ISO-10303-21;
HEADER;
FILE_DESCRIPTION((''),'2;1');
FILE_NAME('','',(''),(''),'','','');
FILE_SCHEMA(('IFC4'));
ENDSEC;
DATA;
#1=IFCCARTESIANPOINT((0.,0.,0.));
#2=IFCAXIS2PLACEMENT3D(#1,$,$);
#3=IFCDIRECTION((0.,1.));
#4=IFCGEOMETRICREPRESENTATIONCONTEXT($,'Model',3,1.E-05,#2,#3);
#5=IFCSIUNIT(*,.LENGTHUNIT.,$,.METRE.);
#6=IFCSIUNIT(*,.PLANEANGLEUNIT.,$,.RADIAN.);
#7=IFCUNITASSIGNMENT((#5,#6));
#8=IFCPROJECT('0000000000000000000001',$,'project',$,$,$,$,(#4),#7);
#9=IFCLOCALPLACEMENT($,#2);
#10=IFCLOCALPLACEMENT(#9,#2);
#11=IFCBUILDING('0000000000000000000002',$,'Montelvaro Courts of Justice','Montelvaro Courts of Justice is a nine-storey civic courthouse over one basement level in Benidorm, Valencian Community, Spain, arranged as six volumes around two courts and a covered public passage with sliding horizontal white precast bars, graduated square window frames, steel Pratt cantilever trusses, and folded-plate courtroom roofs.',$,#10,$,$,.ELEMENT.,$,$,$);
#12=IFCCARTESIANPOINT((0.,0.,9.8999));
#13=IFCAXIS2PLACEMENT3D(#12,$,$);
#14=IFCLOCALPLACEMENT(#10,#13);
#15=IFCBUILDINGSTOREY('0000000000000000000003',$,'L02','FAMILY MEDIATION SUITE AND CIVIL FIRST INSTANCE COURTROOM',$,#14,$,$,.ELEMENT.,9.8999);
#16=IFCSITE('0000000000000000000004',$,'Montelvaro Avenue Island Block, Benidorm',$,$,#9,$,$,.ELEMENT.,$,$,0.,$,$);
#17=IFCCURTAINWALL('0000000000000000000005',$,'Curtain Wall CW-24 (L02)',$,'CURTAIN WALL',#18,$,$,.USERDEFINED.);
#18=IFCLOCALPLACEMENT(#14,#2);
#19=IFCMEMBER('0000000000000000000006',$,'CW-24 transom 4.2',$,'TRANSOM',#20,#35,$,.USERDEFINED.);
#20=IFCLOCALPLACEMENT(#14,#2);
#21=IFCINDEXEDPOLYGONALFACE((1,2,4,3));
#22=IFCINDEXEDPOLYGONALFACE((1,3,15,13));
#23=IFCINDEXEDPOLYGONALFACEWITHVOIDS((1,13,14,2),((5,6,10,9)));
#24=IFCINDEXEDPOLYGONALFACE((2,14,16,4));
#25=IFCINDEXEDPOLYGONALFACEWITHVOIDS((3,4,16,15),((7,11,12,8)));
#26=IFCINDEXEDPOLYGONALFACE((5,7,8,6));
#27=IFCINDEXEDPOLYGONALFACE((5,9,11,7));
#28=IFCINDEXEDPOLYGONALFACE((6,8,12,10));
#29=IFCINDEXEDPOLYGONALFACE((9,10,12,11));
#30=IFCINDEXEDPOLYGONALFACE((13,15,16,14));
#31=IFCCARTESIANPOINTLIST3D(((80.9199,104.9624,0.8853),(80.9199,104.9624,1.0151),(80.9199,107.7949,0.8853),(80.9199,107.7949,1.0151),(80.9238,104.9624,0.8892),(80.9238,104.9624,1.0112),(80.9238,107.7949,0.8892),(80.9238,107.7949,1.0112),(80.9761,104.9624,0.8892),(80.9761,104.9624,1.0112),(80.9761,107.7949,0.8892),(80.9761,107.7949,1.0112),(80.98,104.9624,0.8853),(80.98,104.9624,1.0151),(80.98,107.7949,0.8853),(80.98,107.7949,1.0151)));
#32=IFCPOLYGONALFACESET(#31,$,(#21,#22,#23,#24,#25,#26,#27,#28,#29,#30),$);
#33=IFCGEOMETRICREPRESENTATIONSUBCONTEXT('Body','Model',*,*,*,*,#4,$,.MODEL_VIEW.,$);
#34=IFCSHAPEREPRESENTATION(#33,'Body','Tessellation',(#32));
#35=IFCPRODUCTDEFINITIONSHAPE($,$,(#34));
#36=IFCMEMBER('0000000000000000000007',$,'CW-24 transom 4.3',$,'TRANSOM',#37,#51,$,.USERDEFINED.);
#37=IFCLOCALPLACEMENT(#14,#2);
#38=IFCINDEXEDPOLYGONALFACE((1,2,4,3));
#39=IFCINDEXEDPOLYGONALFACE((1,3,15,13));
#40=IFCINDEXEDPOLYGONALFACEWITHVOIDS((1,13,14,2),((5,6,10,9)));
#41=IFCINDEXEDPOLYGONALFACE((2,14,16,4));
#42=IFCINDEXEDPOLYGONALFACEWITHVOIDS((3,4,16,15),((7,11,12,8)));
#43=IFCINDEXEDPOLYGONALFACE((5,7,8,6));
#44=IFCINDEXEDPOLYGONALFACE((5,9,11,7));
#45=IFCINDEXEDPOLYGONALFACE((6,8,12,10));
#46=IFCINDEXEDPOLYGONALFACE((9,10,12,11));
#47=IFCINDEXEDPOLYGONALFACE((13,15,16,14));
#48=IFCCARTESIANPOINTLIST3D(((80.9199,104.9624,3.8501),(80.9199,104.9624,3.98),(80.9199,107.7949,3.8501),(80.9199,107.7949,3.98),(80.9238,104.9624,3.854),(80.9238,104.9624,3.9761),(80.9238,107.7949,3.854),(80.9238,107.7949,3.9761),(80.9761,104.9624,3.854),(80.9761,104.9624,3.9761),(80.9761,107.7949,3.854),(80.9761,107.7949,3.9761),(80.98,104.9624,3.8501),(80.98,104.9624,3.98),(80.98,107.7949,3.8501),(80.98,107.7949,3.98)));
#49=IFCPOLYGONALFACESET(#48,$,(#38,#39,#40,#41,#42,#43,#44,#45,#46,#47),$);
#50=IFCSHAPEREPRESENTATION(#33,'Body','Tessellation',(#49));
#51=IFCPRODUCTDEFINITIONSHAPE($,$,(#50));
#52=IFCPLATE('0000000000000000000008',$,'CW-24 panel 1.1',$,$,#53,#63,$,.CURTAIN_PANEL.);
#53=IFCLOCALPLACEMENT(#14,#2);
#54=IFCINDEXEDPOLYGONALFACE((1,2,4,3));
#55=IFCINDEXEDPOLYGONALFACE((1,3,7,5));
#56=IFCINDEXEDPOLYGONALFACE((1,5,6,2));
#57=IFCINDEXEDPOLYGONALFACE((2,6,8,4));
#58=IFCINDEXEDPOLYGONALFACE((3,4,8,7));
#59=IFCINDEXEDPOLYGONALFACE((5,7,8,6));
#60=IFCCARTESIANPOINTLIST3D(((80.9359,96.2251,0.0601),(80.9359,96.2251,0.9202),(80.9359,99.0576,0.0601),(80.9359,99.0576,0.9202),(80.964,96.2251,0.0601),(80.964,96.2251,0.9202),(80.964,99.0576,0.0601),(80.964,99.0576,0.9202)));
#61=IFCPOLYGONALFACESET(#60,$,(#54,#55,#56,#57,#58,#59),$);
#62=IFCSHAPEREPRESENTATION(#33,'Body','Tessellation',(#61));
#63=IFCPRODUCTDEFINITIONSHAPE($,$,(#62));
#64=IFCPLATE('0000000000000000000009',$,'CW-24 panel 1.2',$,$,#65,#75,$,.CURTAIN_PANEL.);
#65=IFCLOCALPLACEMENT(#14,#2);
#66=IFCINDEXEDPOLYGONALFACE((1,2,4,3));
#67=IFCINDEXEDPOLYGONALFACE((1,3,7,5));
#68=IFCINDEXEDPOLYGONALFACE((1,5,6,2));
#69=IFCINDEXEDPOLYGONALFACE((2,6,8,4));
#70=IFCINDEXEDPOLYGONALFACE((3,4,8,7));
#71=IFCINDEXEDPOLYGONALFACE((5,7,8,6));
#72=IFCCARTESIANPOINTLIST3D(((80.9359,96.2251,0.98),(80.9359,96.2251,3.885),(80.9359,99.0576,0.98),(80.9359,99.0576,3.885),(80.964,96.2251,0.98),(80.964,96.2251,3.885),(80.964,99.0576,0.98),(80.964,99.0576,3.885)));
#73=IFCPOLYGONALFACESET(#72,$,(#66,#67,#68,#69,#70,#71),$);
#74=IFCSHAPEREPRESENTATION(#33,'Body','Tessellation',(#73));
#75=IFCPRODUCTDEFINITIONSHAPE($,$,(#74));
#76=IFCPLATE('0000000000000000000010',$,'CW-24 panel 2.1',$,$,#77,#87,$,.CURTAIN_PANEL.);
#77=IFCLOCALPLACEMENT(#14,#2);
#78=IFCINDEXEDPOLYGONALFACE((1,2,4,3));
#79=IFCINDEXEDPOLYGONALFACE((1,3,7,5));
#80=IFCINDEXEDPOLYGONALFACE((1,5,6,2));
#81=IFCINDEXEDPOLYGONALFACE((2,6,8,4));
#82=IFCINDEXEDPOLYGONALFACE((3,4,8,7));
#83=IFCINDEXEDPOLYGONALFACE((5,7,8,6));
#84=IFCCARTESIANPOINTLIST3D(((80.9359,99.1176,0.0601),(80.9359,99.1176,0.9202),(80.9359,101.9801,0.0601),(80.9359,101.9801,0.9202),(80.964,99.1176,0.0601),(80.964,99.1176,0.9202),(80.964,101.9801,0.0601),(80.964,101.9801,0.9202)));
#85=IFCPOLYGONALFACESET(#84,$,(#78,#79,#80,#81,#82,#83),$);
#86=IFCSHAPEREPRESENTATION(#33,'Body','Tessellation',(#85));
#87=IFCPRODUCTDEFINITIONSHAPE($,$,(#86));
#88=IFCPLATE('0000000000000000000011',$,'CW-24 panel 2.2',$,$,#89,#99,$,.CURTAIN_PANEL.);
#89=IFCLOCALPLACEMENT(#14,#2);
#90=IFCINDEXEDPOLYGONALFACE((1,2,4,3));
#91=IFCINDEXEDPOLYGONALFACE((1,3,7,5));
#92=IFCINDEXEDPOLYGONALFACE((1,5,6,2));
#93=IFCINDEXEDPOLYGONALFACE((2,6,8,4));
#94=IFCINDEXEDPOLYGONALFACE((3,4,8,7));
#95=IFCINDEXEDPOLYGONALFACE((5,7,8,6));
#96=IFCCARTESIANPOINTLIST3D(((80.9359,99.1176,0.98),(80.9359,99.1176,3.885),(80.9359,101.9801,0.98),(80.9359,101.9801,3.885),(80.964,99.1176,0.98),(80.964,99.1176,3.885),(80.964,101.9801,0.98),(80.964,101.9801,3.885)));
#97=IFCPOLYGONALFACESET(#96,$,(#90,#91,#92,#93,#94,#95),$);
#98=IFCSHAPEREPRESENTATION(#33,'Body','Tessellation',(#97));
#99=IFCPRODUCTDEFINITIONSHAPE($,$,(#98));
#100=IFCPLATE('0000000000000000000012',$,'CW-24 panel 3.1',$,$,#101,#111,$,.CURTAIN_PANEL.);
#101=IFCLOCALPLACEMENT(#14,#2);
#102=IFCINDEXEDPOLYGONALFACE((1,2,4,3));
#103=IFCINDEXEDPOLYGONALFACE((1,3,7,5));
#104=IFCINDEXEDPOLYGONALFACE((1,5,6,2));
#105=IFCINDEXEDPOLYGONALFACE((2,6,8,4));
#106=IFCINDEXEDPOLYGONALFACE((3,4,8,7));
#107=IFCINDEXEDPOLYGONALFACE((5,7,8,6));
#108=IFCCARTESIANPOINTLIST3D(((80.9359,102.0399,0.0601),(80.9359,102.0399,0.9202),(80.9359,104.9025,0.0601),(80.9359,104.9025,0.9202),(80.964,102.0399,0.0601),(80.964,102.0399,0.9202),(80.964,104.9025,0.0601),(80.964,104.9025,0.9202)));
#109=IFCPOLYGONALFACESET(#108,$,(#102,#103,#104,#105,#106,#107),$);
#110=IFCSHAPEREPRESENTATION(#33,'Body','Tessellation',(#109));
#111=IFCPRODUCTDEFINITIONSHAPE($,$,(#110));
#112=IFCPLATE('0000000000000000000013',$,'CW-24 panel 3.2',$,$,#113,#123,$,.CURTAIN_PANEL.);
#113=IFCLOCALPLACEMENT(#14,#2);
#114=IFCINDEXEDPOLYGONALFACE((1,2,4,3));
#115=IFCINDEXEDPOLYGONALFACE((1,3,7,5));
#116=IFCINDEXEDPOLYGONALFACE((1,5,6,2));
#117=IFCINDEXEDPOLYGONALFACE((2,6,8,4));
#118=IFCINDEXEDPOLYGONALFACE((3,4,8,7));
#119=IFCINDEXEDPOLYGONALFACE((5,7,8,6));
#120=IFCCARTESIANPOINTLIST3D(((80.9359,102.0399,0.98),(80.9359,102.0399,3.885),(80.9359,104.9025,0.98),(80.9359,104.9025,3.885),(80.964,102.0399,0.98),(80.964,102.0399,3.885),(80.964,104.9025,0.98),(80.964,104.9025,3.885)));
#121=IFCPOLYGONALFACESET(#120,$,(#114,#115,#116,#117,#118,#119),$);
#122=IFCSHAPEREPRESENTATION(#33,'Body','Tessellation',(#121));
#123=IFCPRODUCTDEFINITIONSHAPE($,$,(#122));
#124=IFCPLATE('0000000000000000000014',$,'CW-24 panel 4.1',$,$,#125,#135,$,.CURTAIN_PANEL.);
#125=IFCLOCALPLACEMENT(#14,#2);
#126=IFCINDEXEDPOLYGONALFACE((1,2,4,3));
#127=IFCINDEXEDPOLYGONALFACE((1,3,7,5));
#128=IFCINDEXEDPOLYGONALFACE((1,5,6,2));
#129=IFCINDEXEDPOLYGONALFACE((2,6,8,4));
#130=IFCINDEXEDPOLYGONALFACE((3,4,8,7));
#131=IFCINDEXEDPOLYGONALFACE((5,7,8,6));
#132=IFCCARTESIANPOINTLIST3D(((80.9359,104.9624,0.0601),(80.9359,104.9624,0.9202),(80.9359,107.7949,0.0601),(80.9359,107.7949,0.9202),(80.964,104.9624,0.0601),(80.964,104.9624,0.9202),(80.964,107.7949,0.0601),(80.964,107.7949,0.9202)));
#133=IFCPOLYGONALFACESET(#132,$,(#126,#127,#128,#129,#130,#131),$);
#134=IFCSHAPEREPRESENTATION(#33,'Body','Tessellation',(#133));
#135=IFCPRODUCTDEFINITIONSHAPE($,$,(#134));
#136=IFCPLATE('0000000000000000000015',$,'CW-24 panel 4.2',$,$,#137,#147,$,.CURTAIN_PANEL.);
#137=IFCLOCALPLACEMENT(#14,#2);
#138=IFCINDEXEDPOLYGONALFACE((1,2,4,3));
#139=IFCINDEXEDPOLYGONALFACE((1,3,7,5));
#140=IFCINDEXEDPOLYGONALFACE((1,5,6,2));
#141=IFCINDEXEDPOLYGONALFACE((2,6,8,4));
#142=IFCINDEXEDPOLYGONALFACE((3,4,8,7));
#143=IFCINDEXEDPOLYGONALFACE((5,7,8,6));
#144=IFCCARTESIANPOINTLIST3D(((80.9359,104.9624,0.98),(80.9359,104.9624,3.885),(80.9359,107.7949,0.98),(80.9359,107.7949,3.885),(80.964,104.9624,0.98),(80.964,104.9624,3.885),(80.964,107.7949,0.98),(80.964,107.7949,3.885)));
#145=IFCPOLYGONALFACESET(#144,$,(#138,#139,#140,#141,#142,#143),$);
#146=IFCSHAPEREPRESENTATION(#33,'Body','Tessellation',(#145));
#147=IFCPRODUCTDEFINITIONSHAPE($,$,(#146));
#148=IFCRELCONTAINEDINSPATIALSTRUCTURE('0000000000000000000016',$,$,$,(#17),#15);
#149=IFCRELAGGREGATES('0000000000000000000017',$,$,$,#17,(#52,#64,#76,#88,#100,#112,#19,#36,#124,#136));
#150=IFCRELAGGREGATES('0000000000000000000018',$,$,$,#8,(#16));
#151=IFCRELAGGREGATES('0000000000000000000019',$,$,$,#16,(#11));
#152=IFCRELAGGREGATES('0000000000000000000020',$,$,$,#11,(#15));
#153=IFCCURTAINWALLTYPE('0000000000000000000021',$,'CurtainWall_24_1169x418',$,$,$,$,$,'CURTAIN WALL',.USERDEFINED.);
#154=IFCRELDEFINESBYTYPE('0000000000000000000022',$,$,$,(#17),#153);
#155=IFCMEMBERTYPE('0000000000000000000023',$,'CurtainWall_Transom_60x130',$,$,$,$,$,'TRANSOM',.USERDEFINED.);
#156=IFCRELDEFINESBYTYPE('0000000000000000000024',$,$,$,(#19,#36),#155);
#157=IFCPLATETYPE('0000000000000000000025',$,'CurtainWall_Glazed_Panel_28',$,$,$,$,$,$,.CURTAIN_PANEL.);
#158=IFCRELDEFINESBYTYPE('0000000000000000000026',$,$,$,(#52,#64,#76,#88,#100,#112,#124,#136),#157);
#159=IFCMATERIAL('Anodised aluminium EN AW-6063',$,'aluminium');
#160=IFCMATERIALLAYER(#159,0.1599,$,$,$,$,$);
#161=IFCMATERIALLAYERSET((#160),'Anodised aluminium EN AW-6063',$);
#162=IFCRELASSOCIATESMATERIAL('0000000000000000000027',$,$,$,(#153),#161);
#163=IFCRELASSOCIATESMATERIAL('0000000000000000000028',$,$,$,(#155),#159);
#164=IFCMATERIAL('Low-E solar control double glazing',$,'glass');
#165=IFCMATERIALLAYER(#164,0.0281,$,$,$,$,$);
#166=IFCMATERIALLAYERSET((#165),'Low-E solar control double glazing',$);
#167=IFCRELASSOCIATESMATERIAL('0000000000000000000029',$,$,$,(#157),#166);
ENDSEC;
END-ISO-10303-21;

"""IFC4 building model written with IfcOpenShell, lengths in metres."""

from ifc_helpers import new_model, si_unit, direction, frame, origin, origin_2d, place, context, subcontext, project, spatial, rectangle, hollow_rectangle, extrude, material, layer, layer_set, material_profile, profile_set, type_object, element, aggregate, save


model = new_model("IFC4")

# Units and contexts
model_context = context("Model", 3, precision=1e-05, world=origin(), true_north=direction((0.0, 1.0)))
body_context = subcontext(model_context, "Body", "Model", "MODEL_VIEW")
ifc_project = project(units=[si_unit("LENGTHUNIT", "METRE"), si_unit("PLANEANGLEUNIT", "RADIAN")], contexts=[model_context])

# Site, building, storey
site_placement = place(None, origin())
site = spatial("IfcSite", under=ifc_project, at=site_placement, Name="Montelvaro Avenue Island Block, Benidorm", CompositionType="ELEMENT", RefElevation=0.0)
building_placement = place(site_placement, origin())
building = spatial("IfcBuilding", under=site, at=building_placement, Name="Montelvaro Courts of Justice", Description="Montelvaro Courts of Justice is a nine-storey civic courthouse over one basement level in Benidorm, Valencian Community, Spain, arranged as six volumes around two courts and a covered public passage with sliding horizontal white precast bars, graduated square window frames, steel Pratt cantilever trusses, and folded-plate courtroom roofs.", CompositionType="ELEMENT")
storey_placement = place(building_placement, frame((0.0, 0.0, 9.8999)))
storey = spatial("IfcBuildingStorey", under=building, at=storey_placement, Name="L02", Description="FAMILY MEDIATION SUITE AND CIVIL FIRST INSTANCE COURTROOM", CompositionType="ELEMENT", Elevation=9.8999)

# Curtain wall, members, plates
ifc_material_1 = material(Name="Anodised aluminium EN AW-6063", Category="aluminium")
ifc_layer_1 = layer(ifc_material_1, 0.1599)
ifc_layer_set_1 = layer_set([ifc_layer_1], Name="Anodised aluminium EN AW-6063")
curtain_wall_type = type_object("IfcCurtainWallType", Name="CurtainWall_24_1169x418", ElementType="CURTAIN WALL", PredefinedType="USERDEFINED", material=ifc_layer_set_1)
curtain_wall_placement = place(storey_placement, origin())
curtain_wall = element("IfcCurtainWall", 1, at=curtain_wall_placement, inside=storey, type_object=curtain_wall_type, Name="Curtain Wall CW-24 (L02)", ObjectType="CURTAIN WALL", PredefinedType="USERDEFINED")
ifc_material_profile_1 = material_profile(ifc_material_1, hollow_rectangle(XDim=0.0601, YDim=0.1299, WallThickness=0.0039, at=origin_2d()), Name="ALU-T 60x130")
ifc_profile_set_1 = profile_set([ifc_material_profile_1], Name="Anodised aluminium EN AW-6063")
member_type_1 = type_object("IfcMemberType", Name="CurtainWall_Transom_60x130", ElementType="TRANSOM", PredefinedType="USERDEFINED", material=ifc_profile_set_1)
member_1_placement = place(storey_placement, frame((80.95, 104.9624, 0.9502), z_axis=(0.0, 1.0, 0.0), x_axis=(-1.0, 0.0, 0.0)))
member_1 = element("IfcMember", 2, at=member_1_placement, type_object=member_type_1, Name="CW-24 transom 4.2", ObjectType="TRANSOM", PredefinedType="USERDEFINED", context=body_context, shape_type="SweptSolid", body=[
    extrude(hollow_rectangle(XDim=0.0601, YDim=0.1299, WallThickness=0.0039, at=origin_2d()), origin(), (0.0, 0.0, 1.0), 2.8325),
])
member_2_placement = place(storey_placement, frame((80.95, 104.9624, 3.915), z_axis=(0.0, 1.0, 0.0), x_axis=(-1.0, 0.0, 0.0)))
member_2 = element("IfcMember", 3, at=member_2_placement, type_object=member_type_1, Name="CW-24 transom 4.3", ObjectType="TRANSOM", PredefinedType="USERDEFINED", context=body_context, shape_type="SweptSolid", body=[
    extrude(hollow_rectangle(XDim=0.0601, YDim=0.1299, WallThickness=0.0039, at=origin_2d()), origin(), (0.0, 0.0, 1.0), 2.8325),
])
ifc_material_2 = material(Name="Low-E solar control double glazing", Category="glass")
ifc_layer_2 = layer(ifc_material_2, 0.0281)
ifc_layer_set_2 = layer_set([ifc_layer_2], Name="Low-E solar control double glazing")
plate_type = type_object("IfcPlateType", Name="CurtainWall_Glazed_Panel_28", PredefinedType="CURTAIN_PANEL", material=ifc_layer_set_2)
plate_1_placement = place(storey_placement, frame((80.95, 97.6414, 0.0601), z_axis=(0.0, 0.0, 1.0), x_axis=(0.0, 1.0, 0.0)))
plate_1 = element("IfcPlate", 4, at=plate_1_placement, type_object=plate_type, Name="CW-24 panel 1.1", PredefinedType="CURTAIN_PANEL", context=body_context, shape_type="SweptSolid", body=[
    extrude(rectangle(XDim=2.8325, YDim=0.0281, at=origin_2d()), origin(), (0.0, 0.0, 1.0), 0.8601),
])
plate_2_placement = place(storey_placement, frame((80.95, 97.6414, 0.98), z_axis=(0.0, 0.0, 1.0), x_axis=(0.0, 1.0, 0.0)))
plate_2 = element("IfcPlate", 5, at=plate_2_placement, type_object=plate_type, Name="CW-24 panel 1.2", PredefinedType="CURTAIN_PANEL", context=body_context, shape_type="SweptSolid", body=[
    extrude(rectangle(XDim=2.8325, YDim=0.0281, at=origin_2d()), origin(), (0.0, 0.0, 1.0), 2.905),
])
plate_3_placement = place(storey_placement, frame((80.95, 100.5488, 0.0601), z_axis=(0.0, 0.0, 1.0), x_axis=(0.0, 1.0, 0.0)))
plate_3 = element("IfcPlate", 6, at=plate_3_placement, type_object=plate_type, Name="CW-24 panel 2.1", PredefinedType="CURTAIN_PANEL", context=body_context, shape_type="SweptSolid", body=[
    extrude(rectangle(XDim=2.8625, YDim=0.0281, at=origin_2d()), origin(), (0.0, 0.0, 1.0), 0.8601),
])
plate_4_placement = place(storey_placement, frame((80.95, 100.5488, 0.98), z_axis=(0.0, 0.0, 1.0), x_axis=(0.0, 1.0, 0.0)))
plate_4 = element("IfcPlate", 7, at=plate_4_placement, type_object=plate_type, Name="CW-24 panel 2.2", PredefinedType="CURTAIN_PANEL", context=body_context, shape_type="SweptSolid", body=[
    extrude(rectangle(XDim=2.8625, YDim=0.0281, at=origin_2d()), origin(), (0.0, 0.0, 1.0), 2.905),
])
plate_5_placement = place(storey_placement, frame((80.95, 103.4712, 0.0601), z_axis=(0.0, 0.0, 1.0), x_axis=(0.0, 1.0, 0.0)))
plate_5 = element("IfcPlate", 8, at=plate_5_placement, type_object=plate_type, Name="CW-24 panel 3.1", PredefinedType="CURTAIN_PANEL", context=body_context, shape_type="SweptSolid", body=[
    extrude(rectangle(XDim=2.8625, YDim=0.0281, at=origin_2d()), origin(), (0.0, 0.0, 1.0), 0.8601),
])
plate_6_placement = place(storey_placement, frame((80.95, 103.4712, 0.98), z_axis=(0.0, 0.0, 1.0), x_axis=(0.0, 1.0, 0.0)))
plate_6 = element("IfcPlate", 9, at=plate_6_placement, type_object=plate_type, Name="CW-24 panel 3.2", PredefinedType="CURTAIN_PANEL", context=body_context, shape_type="SweptSolid", body=[
    extrude(rectangle(XDim=2.8625, YDim=0.0281, at=origin_2d()), origin(), (0.0, 0.0, 1.0), 2.905),
])
plate_7_placement = place(storey_placement, frame((80.95, 106.3787, 0.0601), z_axis=(0.0, 0.0, 1.0), x_axis=(0.0, 1.0, 0.0)))
plate_7 = element("IfcPlate", 10, at=plate_7_placement, type_object=plate_type, Name="CW-24 panel 4.1", PredefinedType="CURTAIN_PANEL", context=body_context, shape_type="SweptSolid", body=[
    extrude(rectangle(XDim=2.8325, YDim=0.0281, at=origin_2d()), origin(), (0.0, 0.0, 1.0), 0.8601),
])
plate_8_placement = place(storey_placement, frame((80.95, 106.3787, 0.98), z_axis=(0.0, 0.0, 1.0), x_axis=(0.0, 1.0, 0.0)))
plate_8 = element("IfcPlate", 11, at=plate_8_placement, type_object=plate_type, Name="CW-24 panel 4.2", PredefinedType="CURTAIN_PANEL", context=body_context, shape_type="SweptSolid", body=[
    extrude(rectangle(XDim=2.8325, YDim=0.0281, at=origin_2d()), origin(), (0.0, 0.0, 1.0), 2.905),
])
aggregate(curtain_wall, [plate_1, plate_2, plate_3, plate_4, plate_5, plate_6, member_1, member_2, plate_7, plate_8])

save(model, "model.ifc")
